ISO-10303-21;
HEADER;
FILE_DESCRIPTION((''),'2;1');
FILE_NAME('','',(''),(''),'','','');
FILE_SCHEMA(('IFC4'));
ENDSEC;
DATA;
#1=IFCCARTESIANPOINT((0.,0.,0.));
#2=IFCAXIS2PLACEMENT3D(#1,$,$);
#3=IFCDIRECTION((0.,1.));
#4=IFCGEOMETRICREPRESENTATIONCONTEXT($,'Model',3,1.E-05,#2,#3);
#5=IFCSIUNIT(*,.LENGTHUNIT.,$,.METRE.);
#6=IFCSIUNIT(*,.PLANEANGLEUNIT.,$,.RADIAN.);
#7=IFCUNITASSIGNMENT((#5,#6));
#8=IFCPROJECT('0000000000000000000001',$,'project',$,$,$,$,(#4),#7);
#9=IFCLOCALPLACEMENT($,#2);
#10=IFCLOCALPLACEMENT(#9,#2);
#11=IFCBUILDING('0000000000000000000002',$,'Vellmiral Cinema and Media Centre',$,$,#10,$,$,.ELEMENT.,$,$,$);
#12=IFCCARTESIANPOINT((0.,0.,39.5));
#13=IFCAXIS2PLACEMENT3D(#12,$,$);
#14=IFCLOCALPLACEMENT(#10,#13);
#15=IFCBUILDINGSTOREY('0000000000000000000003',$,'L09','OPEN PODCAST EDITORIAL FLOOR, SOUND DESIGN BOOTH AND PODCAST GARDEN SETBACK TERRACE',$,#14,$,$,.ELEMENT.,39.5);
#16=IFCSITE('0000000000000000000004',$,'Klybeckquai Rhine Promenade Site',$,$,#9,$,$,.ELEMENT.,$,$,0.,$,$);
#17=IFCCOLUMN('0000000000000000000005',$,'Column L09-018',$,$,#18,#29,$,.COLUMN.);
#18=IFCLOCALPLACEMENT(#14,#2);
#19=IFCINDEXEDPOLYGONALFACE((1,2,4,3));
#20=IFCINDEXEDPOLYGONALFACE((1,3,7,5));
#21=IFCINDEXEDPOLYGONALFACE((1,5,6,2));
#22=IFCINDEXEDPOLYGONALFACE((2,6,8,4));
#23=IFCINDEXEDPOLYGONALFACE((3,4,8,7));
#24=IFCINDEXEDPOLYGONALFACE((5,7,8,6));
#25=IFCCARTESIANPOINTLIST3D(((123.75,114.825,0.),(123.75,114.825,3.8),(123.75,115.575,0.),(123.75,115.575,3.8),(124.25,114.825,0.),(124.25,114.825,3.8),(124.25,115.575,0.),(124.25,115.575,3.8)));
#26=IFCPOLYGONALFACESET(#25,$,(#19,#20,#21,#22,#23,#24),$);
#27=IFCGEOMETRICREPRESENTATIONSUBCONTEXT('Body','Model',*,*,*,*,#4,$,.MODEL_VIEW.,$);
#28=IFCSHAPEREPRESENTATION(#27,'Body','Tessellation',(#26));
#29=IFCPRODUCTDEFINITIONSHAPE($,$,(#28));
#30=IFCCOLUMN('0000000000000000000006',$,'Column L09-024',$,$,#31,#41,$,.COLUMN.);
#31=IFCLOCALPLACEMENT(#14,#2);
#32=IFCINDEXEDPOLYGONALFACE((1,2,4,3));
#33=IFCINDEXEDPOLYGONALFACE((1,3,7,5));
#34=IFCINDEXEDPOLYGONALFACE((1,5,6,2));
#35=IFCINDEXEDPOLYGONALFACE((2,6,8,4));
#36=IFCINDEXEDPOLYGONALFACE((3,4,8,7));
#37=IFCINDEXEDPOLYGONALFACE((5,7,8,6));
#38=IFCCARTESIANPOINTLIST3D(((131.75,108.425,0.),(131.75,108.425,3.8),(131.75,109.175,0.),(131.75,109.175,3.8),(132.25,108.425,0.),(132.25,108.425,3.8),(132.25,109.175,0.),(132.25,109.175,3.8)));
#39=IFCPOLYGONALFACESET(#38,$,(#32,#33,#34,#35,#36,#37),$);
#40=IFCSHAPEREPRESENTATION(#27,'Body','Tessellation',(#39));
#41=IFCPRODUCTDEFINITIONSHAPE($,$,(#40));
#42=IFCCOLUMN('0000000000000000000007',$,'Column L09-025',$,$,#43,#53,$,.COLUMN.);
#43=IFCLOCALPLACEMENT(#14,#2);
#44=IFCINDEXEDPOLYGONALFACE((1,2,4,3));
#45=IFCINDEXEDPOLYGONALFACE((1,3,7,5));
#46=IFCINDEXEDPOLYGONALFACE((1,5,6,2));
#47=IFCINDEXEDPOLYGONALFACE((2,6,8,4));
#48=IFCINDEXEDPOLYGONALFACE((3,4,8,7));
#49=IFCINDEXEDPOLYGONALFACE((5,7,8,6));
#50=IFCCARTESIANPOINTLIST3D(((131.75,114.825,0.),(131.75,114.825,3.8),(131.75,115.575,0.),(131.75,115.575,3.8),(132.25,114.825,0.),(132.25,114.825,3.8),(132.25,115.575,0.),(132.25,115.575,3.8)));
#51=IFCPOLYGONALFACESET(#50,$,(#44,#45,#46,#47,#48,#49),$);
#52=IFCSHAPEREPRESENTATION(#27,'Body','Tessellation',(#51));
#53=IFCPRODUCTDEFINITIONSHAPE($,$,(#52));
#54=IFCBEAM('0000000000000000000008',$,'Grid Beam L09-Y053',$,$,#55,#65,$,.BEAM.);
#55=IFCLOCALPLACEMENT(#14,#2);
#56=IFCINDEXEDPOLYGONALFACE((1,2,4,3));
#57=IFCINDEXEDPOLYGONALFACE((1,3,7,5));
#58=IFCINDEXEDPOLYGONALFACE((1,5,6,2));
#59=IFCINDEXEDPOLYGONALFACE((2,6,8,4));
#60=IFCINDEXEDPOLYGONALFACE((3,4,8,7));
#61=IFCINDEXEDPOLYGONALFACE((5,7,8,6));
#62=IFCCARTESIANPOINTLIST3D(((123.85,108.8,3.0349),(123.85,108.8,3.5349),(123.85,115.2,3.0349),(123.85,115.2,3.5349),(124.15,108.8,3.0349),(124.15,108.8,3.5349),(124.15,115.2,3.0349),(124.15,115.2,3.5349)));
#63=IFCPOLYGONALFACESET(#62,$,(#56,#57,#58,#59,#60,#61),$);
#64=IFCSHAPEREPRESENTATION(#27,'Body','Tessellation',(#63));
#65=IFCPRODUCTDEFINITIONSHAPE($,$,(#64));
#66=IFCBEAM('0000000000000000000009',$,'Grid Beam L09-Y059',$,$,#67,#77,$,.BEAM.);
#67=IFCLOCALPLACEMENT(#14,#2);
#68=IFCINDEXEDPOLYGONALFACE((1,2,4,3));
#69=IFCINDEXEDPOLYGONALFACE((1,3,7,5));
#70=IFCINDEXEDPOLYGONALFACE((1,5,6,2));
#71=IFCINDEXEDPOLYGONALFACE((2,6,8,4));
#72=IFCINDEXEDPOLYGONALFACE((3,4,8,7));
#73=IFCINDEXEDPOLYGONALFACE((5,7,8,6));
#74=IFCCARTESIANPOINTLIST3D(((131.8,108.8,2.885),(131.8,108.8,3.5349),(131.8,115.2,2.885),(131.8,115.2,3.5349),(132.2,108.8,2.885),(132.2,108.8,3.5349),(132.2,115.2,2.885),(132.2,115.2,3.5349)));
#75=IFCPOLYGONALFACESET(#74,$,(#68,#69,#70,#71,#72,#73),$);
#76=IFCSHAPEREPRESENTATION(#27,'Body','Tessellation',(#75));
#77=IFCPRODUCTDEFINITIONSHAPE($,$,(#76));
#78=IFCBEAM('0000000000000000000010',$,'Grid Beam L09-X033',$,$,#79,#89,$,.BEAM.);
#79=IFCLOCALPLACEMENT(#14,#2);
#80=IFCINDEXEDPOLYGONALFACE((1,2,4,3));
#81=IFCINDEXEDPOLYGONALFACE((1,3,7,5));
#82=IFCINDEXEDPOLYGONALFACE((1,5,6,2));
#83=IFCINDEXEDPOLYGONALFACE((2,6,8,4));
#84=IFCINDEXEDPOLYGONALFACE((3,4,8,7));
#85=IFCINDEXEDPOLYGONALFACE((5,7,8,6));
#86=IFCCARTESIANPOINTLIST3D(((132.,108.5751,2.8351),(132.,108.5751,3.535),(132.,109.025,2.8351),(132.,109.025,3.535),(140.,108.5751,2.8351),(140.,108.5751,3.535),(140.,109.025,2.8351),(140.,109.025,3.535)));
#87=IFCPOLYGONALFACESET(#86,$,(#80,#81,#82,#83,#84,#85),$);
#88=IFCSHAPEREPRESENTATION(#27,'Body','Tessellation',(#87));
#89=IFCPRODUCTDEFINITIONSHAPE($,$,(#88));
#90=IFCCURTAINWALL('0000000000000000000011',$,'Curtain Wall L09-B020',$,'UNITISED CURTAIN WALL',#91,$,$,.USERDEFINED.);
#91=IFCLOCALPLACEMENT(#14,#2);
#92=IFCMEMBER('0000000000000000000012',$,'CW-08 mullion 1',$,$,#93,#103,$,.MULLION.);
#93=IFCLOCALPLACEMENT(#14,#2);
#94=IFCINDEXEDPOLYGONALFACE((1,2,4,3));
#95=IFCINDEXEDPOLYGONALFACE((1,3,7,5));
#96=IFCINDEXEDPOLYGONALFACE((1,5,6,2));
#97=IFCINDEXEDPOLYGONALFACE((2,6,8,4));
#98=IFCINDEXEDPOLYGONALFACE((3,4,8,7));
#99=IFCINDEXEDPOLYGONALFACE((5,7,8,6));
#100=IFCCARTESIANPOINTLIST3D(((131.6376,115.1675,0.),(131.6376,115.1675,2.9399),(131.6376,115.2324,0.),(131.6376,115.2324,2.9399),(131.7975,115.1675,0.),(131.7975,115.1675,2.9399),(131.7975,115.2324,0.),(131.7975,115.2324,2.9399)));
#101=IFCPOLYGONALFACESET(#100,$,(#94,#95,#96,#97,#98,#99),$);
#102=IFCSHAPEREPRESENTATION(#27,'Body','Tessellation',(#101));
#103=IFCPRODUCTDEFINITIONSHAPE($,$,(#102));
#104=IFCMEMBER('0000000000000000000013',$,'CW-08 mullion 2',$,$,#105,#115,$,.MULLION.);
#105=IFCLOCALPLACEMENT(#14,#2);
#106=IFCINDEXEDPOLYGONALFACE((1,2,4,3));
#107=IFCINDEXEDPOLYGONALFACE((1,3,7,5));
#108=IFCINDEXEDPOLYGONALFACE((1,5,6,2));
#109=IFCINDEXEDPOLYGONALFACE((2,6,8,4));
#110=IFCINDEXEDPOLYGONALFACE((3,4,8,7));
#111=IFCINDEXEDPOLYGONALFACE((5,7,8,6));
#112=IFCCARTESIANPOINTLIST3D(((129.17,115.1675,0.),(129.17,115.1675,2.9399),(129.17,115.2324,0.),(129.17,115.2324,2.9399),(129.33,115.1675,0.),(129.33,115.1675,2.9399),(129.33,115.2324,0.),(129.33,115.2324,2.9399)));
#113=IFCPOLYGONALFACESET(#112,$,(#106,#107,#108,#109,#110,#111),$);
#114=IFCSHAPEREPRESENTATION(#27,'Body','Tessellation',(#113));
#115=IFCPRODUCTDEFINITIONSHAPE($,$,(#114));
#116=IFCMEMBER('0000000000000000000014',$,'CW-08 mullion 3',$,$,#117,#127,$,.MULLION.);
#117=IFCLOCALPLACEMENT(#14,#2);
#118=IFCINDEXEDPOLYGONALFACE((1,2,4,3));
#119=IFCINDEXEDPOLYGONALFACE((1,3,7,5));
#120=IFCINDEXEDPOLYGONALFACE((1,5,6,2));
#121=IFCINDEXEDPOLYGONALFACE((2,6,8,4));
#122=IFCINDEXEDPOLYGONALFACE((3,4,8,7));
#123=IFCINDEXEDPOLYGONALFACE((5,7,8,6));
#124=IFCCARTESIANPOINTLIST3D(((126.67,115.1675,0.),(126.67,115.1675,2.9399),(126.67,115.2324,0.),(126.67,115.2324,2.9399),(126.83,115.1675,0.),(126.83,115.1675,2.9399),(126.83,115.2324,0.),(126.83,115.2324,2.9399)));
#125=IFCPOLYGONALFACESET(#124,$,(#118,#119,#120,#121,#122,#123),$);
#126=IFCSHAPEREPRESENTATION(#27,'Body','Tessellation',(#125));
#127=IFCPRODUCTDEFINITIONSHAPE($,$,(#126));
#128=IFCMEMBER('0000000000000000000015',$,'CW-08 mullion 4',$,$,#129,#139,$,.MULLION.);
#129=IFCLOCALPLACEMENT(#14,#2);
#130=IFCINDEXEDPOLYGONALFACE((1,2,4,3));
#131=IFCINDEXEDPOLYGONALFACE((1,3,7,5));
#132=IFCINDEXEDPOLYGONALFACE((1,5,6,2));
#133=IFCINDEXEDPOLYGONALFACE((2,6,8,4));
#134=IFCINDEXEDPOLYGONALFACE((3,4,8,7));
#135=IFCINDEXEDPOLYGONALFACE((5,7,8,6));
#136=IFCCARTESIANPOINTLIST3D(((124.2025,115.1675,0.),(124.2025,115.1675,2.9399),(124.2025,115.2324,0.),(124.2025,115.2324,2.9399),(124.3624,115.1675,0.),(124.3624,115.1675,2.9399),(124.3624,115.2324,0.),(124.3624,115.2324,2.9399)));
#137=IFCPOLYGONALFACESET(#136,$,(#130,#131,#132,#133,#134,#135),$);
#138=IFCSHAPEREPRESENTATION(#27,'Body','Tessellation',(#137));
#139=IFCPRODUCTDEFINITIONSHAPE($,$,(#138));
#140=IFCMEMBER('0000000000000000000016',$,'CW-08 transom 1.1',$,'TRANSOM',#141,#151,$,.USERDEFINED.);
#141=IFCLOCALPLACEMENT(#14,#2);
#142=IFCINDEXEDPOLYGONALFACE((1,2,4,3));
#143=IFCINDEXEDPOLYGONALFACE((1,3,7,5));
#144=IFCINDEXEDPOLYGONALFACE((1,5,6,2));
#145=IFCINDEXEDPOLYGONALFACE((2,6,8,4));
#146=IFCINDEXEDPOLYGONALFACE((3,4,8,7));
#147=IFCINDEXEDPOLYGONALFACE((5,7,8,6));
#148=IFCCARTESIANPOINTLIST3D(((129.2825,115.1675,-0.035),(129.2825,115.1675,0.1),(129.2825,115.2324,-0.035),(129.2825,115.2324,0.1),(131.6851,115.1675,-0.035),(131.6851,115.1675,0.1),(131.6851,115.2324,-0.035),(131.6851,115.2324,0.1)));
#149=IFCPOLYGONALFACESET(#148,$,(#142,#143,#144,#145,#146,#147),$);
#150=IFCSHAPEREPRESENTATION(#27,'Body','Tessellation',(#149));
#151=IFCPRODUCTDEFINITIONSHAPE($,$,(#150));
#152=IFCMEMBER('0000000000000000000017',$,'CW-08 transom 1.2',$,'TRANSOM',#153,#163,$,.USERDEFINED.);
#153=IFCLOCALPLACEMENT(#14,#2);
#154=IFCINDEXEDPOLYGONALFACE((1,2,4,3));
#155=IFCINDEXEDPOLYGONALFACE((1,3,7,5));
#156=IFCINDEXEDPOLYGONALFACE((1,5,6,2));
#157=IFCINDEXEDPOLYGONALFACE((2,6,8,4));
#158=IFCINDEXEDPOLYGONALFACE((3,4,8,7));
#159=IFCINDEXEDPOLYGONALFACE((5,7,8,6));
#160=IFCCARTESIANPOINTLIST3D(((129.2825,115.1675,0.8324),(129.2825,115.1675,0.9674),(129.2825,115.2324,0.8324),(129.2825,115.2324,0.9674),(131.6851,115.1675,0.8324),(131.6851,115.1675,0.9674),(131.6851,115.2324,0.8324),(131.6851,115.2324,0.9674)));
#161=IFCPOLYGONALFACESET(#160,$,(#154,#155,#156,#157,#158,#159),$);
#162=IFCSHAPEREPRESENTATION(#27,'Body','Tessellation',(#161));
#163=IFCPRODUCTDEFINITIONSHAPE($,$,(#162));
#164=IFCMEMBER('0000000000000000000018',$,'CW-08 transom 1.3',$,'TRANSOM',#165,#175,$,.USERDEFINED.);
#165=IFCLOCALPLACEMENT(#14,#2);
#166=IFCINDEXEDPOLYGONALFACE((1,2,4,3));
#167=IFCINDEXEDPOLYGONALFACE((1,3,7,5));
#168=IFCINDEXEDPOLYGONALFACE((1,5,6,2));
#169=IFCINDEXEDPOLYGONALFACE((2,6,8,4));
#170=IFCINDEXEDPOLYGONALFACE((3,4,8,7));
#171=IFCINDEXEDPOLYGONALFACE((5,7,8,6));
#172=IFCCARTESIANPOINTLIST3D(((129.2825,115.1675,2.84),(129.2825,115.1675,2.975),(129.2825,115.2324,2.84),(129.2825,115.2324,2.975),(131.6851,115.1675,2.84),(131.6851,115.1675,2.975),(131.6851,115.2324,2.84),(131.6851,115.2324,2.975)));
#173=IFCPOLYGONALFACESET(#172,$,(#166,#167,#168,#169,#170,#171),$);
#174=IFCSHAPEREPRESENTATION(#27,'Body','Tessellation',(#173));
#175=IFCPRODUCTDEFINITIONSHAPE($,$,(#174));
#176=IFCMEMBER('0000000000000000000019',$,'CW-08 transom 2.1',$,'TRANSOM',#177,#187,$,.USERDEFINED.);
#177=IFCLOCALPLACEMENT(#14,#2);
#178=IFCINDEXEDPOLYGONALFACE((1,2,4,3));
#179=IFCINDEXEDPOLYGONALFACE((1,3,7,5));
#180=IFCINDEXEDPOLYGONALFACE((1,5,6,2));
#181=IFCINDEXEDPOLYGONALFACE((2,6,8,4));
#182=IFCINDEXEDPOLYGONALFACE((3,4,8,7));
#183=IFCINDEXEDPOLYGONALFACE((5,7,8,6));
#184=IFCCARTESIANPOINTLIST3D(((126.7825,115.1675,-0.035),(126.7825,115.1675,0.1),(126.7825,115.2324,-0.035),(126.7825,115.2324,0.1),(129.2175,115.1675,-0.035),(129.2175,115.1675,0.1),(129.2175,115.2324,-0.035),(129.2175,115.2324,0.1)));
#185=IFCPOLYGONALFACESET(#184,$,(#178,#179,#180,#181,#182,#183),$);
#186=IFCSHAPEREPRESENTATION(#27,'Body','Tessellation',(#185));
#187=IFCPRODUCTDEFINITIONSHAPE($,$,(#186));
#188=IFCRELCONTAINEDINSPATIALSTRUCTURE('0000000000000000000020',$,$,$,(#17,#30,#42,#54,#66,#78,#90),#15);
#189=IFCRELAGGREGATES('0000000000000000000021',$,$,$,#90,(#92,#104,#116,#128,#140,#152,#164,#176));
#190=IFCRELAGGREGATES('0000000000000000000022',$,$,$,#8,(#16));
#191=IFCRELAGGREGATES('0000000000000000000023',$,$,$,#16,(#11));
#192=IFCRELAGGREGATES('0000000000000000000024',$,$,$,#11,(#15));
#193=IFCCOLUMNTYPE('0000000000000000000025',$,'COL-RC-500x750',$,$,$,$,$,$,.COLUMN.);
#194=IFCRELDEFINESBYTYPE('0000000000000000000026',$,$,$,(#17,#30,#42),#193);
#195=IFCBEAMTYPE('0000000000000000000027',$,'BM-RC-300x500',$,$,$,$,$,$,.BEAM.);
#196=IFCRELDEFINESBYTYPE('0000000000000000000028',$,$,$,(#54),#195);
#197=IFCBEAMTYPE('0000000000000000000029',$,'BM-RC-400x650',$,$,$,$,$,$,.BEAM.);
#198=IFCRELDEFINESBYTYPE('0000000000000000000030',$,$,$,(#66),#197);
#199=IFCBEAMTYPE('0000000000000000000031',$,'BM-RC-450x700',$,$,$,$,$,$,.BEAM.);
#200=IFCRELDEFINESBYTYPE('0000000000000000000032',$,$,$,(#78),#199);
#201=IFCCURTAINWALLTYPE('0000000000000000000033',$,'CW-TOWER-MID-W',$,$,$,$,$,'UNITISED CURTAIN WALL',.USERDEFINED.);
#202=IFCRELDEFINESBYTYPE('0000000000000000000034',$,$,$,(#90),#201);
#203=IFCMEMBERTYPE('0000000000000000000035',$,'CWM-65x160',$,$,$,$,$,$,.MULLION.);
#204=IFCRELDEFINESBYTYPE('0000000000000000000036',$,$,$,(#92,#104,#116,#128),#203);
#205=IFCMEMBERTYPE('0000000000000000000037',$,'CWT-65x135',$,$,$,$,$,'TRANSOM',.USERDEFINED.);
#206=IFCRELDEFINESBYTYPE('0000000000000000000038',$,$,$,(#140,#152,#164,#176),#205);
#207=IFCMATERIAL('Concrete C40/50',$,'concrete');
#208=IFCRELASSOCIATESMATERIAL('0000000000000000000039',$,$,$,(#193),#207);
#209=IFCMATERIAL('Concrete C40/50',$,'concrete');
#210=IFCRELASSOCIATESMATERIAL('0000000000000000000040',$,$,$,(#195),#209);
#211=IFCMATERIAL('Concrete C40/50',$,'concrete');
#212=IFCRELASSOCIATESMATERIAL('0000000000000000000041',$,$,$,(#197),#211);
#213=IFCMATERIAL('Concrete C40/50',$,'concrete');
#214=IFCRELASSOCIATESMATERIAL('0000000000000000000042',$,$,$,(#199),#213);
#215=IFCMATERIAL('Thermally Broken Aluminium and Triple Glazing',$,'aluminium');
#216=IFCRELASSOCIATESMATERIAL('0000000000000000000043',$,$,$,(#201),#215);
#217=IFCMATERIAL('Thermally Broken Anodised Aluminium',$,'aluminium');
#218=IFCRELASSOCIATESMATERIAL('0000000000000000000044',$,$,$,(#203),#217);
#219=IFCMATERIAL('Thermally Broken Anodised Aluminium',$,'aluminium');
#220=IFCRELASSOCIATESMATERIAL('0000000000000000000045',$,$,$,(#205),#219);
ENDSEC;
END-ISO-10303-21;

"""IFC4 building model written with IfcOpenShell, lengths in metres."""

from ifc_helpers import new_model, si_unit, direction, frame, origin, origin_2d, place, context, subcontext, project, spatial, rectangle, extrude, material, material_profile, profile_set, type_object, element, aggregate, save


model = new_model("IFC4")

# Units and contexts
model_context = context("Model", 3, precision=1e-05, world=origin(), true_north=direction((0.0, 1.0)))
body_context = subcontext(model_context, "Body", "Model", "MODEL_VIEW")
ifc_project = project(units=[si_unit("LENGTHUNIT", "METRE"), si_unit("PLANEANGLEUNIT", "RADIAN")], contexts=[model_context])

# Site, building, storey
site_placement = place(None, origin())
site = spatial("IfcSite", under=ifc_project, at=site_placement, Name="Klybeckquai Rhine Promenade Site", CompositionType="ELEMENT", RefElevation=0.0)
building_placement = place(site_placement, origin())
building = spatial("IfcBuilding", under=site, at=building_placement, Name="Vellmiral Cinema and Media Centre", CompositionType="ELEMENT")
storey_placement = place(building_placement, frame((0.0, 0.0, 39.5)))
storey = spatial("IfcBuildingStorey", under=building, at=storey_placement, Name="L09", Description="OPEN PODCAST EDITORIAL FLOOR, SOUND DESIGN BOOTH AND PODCAST GARDEN SETBACK TERRACE", CompositionType="ELEMENT", Elevation=39.5)

# Columns
ifc_material_1 = material(Name="Concrete C40/50", Category="concrete")
ifc_material_profile_1 = material_profile(ifc_material_1, rectangle(XDim=0.5, YDim=0.75, at=origin_2d()), Name="RC 500x750")
ifc_profile_set_1 = profile_set([ifc_material_profile_1], Name="Concrete C40/50")
column_type = type_object("IfcColumnType", Name="COL-RC-500x750", PredefinedType="COLUMN", material=ifc_profile_set_1)
for number, where, z_axis, x_axis, name in (
    (1, (124.0, 115.2, 0.0), (0.0, 0.0, 1.0), (1.0, 0.0, 0.0), "Column L09-018"),
    (2, (132.0, 108.8, 0.0), (0.0, 0.0, 1.0), (1.0, 0.0, 0.0), "Column L09-024"),
    (3, (132.0, 115.2, 0.0), (0.0, 0.0, 1.0), (1.0, 0.0, 0.0), "Column L09-025"),
):
    element("IfcColumn", number, at=place(storey_placement, frame(where, z_axis=z_axis, x_axis=x_axis)), inside=storey, type_object=column_type, Name=name, PredefinedType="COLUMN", context=body_context, shape_type="SweptSolid", body=[
        extrude(rectangle(XDim=0.5, YDim=0.75, at=origin_2d()), origin(), (0.0, 0.0, 1.0), 3.8),
    ])

# Beams
ifc_material_2 = material(Name="Concrete C40/50", Category="concrete")
ifc_material_profile_2 = material_profile(ifc_material_2, rectangle(XDim=0.3, YDim=0.5, at=origin_2d()), Name="RC 300x500")
ifc_profile_set_2 = profile_set([ifc_material_profile_2], Name="Concrete C40/50")
beam_type_1 = type_object("IfcBeamType", Name="BM-RC-300x500", PredefinedType="BEAM", material=ifc_profile_set_2)
beam_1_placement = place(storey_placement, frame((124.0, 108.8, 3.2849), z_axis=(0.0, 1.0, 0.0), x_axis=(-1.0, 0.0, 0.0)))
element("IfcBeam", 4, at=beam_1_placement, inside=storey, type_object=beam_type_1, Name="Grid Beam L09-Y053", PredefinedType="BEAM", context=body_context, shape_type="SweptSolid", body=[
    extrude(rectangle(XDim=0.3, YDim=0.5, at=origin_2d()), origin(), (0.0, 0.0, 1.0), 6.3999),
])
ifc_material_3 = material(Name="Concrete C40/50", Category="concrete")
ifc_material_profile_3 = material_profile(ifc_material_3, rectangle(XDim=0.3999, YDim=0.6499, at=origin_2d()), Name="RC 400x650")
ifc_profile_set_3 = profile_set([ifc_material_profile_3], Name="Concrete C40/50")
beam_type_2 = type_object("IfcBeamType", Name="BM-RC-400x650", PredefinedType="BEAM", material=ifc_profile_set_3)
beam_2_placement = place(storey_placement, frame((132.0, 108.8, 3.21), z_axis=(0.0, 1.0, 0.0), x_axis=(-1.0, 0.0, 0.0)))
element("IfcBeam", 5, at=beam_2_placement, inside=storey, type_object=beam_type_2, Name="Grid Beam L09-Y059", PredefinedType="BEAM", context=body_context, shape_type="SweptSolid", body=[
    extrude(rectangle(XDim=0.3999, YDim=0.6499, at=origin_2d()), origin(), (0.0, 0.0, 1.0), 6.3999),
])
ifc_material_4 = material(Name="Concrete C40/50", Category="concrete")
ifc_material_profile_4 = material_profile(ifc_material_4, rectangle(XDim=0.45, YDim=0.7, at=origin_2d()), Name="RC 450x700")
ifc_profile_set_4 = profile_set([ifc_material_profile_4], Name="Concrete C40/50")
beam_type_3 = type_object("IfcBeamType", Name="BM-RC-450x700", PredefinedType="BEAM", material=ifc_profile_set_4)
beam_3_placement = place(storey_placement, frame((132.0, 108.8, 3.1851), z_axis=(1.0, 0.0, 0.0), x_axis=(0.0, 1.0, 0.0)))
element("IfcBeam", 6, at=beam_3_placement, inside=storey, type_object=beam_type_3, Name="Grid Beam L09-X033", PredefinedType="BEAM", context=body_context, shape_type="SweptSolid", body=[
    extrude(rectangle(XDim=0.45, YDim=0.7, at=origin_2d()), origin(), (0.0, 0.0, 1.0), 8.0),
])

# Curtain wall, members
ifc_material_5 = material(Name="Thermally Broken Aluminium and Triple Glazing", Category="aluminium")
curtain_wall_type = type_object("IfcCurtainWallType", Name="CW-TOWER-MID-W", ElementType="UNITISED CURTAIN WALL", PredefinedType="USERDEFINED", material=ifc_material_5)
curtain_wall_placement = place(storey_placement, origin())
curtain_wall = element("IfcCurtainWall", 7, at=curtain_wall_placement, inside=storey, type_object=curtain_wall_type, Name="Curtain Wall L09-B020", ObjectType="UNITISED CURTAIN WALL", PredefinedType="USERDEFINED")
ifc_material_6 = material(Name="Thermally Broken Anodised Aluminium", Category="aluminium")
ifc_material_profile_5 = material_profile(ifc_material_6, rectangle(XDim=0.0649, YDim=0.1599, at=origin_2d()), Name="MULL 65x160")
ifc_profile_set_5 = profile_set([ifc_material_profile_5], Name="Thermally Broken Anodised Aluminium")
member_type_1 = type_object("IfcMemberType", Name="CWM-65x160", PredefinedType="MULLION", material=ifc_profile_set_5)
member_1_placement = place(storey_placement, frame((131.7175, 115.2, 0.0), z_axis=(0.0, 0.0, 1.0), x_axis=(0.0, -1.0, 0.0)))
member_1 = element("IfcMember", 8, at=member_1_placement, type_object=member_type_1, Name="CW-08 mullion 1", PredefinedType="MULLION", context=body_context, shape_type="SweptSolid", body=[
    extrude(rectangle(XDim=0.0649, YDim=0.1599, at=origin_2d()), origin(), (0.0, 0.0, 1.0), 2.9399),
])
member_2_placement = place(storey_placement, frame((129.25, 115.2, 0.0), z_axis=(0.0, 0.0, 1.0), x_axis=(0.0, -1.0, 0.0)))
member_2 = element("IfcMember", 9, at=member_2_placement, type_object=member_type_1, Name="CW-08 mullion 2", PredefinedType="MULLION", context=body_context, shape_type="SweptSolid", body=[
    extrude(rectangle(XDim=0.0649, YDim=0.1599, at=origin_2d()), origin(), (0.0, 0.0, 1.0), 2.9399),
])
member_3_placement = place(storey_placement, frame((126.75, 115.2, 0.0), z_axis=(0.0, 0.0, 1.0), x_axis=(0.0, -1.0, 0.0)))
member_3 = element("IfcMember", 10, at=member_3_placement, type_object=member_type_1, Name="CW-08 mullion 3", PredefinedType="MULLION", context=body_context, shape_type="SweptSolid", body=[
    extrude(rectangle(XDim=0.0649, YDim=0.1599, at=origin_2d()), origin(), (0.0, 0.0, 1.0), 2.9399),
])
member_4_placement = place(storey_placement, frame((124.2825, 115.2, 0.0), z_axis=(0.0, 0.0, 1.0), x_axis=(0.0, -1.0, 0.0)))
member_4 = element("IfcMember", 11, at=member_4_placement, type_object=member_type_1, Name="CW-08 mullion 4", PredefinedType="MULLION", context=body_context, shape_type="SweptSolid", body=[
    extrude(rectangle(XDim=0.0649, YDim=0.1599, at=origin_2d()), origin(), (0.0, 0.0, 1.0), 2.9399),
])
ifc_material_7 = material(Name="Thermally Broken Anodised Aluminium", Category="aluminium")
ifc_material_profile_6 = material_profile(ifc_material_7, rectangle(XDim=0.0649, YDim=0.135, at=origin_2d()), Name="MULL 65x135")
ifc_profile_set_6 = profile_set([ifc_material_profile_6], Name="Thermally Broken Anodised Aluminium")
member_type_2 = type_object("IfcMemberType", Name="CWT-65x135", ElementType="TRANSOM", PredefinedType="USERDEFINED", material=ifc_profile_set_6)
member_5_placement = place(storey_placement, frame((131.6851, 115.2, 0.0325), z_axis=(-1.0, 0.0, 0.0), x_axis=(0.0, -1.0, 0.0)))
member_5 = element("IfcMember", 12, at=member_5_placement, type_object=member_type_2, Name="CW-08 transom 1.1", ObjectType="TRANSOM", PredefinedType="USERDEFINED", context=body_context, shape_type="SweptSolid", body=[
    extrude(rectangle(XDim=0.0649, YDim=0.135, at=origin_2d()), origin(), (0.0, 0.0, 1.0), 2.4026),
])
member_6_placement = place(storey_placement, frame((131.6851, 115.2, 0.8999), z_axis=(-1.0, 0.0, 0.0), x_axis=(0.0, -1.0, 0.0)))
member_6 = element("IfcMember", 13, at=member_6_placement, type_object=member_type_2, Name="CW-08 transom 1.2", ObjectType="TRANSOM", PredefinedType="USERDEFINED", context=body_context, shape_type="SweptSolid", body=[
    extrude(rectangle(XDim=0.0649, YDim=0.135, at=origin_2d()), origin(), (0.0, 0.0, 1.0), 2.4026),
])
member_7_placement = place(storey_placement, frame((131.6851, 115.2, 2.9075), z_axis=(-1.0, 0.0, 0.0), x_axis=(0.0, -1.0, 0.0)))
member_7 = element("IfcMember", 14, at=member_7_placement, type_object=member_type_2, Name="CW-08 transom 1.3", ObjectType="TRANSOM", PredefinedType="USERDEFINED", context=body_context, shape_type="SweptSolid", body=[
    extrude(rectangle(XDim=0.0649, YDim=0.135, at=origin_2d()), origin(), (0.0, 0.0, 1.0), 2.4026),
])
member_8_placement = place(storey_placement, frame((129.2175, 115.2, 0.0325), z_axis=(-1.0, 0.0, 0.0), x_axis=(0.0, -1.0, 0.0)))
member_8 = element("IfcMember", 15, at=member_8_placement, type_object=member_type_2, Name="CW-08 transom 2.1", ObjectType="TRANSOM", PredefinedType="USERDEFINED", context=body_context, shape_type="SweptSolid", body=[
    extrude(rectangle(XDim=0.0649, YDim=0.135, at=origin_2d()), origin(), (0.0, 0.0, 1.0), 2.4351),
])

aggregate(curtain_wall, [member_1, member_2, member_3, member_4, member_5, member_6, member_7, member_8])

save(model, "model.ifc")
